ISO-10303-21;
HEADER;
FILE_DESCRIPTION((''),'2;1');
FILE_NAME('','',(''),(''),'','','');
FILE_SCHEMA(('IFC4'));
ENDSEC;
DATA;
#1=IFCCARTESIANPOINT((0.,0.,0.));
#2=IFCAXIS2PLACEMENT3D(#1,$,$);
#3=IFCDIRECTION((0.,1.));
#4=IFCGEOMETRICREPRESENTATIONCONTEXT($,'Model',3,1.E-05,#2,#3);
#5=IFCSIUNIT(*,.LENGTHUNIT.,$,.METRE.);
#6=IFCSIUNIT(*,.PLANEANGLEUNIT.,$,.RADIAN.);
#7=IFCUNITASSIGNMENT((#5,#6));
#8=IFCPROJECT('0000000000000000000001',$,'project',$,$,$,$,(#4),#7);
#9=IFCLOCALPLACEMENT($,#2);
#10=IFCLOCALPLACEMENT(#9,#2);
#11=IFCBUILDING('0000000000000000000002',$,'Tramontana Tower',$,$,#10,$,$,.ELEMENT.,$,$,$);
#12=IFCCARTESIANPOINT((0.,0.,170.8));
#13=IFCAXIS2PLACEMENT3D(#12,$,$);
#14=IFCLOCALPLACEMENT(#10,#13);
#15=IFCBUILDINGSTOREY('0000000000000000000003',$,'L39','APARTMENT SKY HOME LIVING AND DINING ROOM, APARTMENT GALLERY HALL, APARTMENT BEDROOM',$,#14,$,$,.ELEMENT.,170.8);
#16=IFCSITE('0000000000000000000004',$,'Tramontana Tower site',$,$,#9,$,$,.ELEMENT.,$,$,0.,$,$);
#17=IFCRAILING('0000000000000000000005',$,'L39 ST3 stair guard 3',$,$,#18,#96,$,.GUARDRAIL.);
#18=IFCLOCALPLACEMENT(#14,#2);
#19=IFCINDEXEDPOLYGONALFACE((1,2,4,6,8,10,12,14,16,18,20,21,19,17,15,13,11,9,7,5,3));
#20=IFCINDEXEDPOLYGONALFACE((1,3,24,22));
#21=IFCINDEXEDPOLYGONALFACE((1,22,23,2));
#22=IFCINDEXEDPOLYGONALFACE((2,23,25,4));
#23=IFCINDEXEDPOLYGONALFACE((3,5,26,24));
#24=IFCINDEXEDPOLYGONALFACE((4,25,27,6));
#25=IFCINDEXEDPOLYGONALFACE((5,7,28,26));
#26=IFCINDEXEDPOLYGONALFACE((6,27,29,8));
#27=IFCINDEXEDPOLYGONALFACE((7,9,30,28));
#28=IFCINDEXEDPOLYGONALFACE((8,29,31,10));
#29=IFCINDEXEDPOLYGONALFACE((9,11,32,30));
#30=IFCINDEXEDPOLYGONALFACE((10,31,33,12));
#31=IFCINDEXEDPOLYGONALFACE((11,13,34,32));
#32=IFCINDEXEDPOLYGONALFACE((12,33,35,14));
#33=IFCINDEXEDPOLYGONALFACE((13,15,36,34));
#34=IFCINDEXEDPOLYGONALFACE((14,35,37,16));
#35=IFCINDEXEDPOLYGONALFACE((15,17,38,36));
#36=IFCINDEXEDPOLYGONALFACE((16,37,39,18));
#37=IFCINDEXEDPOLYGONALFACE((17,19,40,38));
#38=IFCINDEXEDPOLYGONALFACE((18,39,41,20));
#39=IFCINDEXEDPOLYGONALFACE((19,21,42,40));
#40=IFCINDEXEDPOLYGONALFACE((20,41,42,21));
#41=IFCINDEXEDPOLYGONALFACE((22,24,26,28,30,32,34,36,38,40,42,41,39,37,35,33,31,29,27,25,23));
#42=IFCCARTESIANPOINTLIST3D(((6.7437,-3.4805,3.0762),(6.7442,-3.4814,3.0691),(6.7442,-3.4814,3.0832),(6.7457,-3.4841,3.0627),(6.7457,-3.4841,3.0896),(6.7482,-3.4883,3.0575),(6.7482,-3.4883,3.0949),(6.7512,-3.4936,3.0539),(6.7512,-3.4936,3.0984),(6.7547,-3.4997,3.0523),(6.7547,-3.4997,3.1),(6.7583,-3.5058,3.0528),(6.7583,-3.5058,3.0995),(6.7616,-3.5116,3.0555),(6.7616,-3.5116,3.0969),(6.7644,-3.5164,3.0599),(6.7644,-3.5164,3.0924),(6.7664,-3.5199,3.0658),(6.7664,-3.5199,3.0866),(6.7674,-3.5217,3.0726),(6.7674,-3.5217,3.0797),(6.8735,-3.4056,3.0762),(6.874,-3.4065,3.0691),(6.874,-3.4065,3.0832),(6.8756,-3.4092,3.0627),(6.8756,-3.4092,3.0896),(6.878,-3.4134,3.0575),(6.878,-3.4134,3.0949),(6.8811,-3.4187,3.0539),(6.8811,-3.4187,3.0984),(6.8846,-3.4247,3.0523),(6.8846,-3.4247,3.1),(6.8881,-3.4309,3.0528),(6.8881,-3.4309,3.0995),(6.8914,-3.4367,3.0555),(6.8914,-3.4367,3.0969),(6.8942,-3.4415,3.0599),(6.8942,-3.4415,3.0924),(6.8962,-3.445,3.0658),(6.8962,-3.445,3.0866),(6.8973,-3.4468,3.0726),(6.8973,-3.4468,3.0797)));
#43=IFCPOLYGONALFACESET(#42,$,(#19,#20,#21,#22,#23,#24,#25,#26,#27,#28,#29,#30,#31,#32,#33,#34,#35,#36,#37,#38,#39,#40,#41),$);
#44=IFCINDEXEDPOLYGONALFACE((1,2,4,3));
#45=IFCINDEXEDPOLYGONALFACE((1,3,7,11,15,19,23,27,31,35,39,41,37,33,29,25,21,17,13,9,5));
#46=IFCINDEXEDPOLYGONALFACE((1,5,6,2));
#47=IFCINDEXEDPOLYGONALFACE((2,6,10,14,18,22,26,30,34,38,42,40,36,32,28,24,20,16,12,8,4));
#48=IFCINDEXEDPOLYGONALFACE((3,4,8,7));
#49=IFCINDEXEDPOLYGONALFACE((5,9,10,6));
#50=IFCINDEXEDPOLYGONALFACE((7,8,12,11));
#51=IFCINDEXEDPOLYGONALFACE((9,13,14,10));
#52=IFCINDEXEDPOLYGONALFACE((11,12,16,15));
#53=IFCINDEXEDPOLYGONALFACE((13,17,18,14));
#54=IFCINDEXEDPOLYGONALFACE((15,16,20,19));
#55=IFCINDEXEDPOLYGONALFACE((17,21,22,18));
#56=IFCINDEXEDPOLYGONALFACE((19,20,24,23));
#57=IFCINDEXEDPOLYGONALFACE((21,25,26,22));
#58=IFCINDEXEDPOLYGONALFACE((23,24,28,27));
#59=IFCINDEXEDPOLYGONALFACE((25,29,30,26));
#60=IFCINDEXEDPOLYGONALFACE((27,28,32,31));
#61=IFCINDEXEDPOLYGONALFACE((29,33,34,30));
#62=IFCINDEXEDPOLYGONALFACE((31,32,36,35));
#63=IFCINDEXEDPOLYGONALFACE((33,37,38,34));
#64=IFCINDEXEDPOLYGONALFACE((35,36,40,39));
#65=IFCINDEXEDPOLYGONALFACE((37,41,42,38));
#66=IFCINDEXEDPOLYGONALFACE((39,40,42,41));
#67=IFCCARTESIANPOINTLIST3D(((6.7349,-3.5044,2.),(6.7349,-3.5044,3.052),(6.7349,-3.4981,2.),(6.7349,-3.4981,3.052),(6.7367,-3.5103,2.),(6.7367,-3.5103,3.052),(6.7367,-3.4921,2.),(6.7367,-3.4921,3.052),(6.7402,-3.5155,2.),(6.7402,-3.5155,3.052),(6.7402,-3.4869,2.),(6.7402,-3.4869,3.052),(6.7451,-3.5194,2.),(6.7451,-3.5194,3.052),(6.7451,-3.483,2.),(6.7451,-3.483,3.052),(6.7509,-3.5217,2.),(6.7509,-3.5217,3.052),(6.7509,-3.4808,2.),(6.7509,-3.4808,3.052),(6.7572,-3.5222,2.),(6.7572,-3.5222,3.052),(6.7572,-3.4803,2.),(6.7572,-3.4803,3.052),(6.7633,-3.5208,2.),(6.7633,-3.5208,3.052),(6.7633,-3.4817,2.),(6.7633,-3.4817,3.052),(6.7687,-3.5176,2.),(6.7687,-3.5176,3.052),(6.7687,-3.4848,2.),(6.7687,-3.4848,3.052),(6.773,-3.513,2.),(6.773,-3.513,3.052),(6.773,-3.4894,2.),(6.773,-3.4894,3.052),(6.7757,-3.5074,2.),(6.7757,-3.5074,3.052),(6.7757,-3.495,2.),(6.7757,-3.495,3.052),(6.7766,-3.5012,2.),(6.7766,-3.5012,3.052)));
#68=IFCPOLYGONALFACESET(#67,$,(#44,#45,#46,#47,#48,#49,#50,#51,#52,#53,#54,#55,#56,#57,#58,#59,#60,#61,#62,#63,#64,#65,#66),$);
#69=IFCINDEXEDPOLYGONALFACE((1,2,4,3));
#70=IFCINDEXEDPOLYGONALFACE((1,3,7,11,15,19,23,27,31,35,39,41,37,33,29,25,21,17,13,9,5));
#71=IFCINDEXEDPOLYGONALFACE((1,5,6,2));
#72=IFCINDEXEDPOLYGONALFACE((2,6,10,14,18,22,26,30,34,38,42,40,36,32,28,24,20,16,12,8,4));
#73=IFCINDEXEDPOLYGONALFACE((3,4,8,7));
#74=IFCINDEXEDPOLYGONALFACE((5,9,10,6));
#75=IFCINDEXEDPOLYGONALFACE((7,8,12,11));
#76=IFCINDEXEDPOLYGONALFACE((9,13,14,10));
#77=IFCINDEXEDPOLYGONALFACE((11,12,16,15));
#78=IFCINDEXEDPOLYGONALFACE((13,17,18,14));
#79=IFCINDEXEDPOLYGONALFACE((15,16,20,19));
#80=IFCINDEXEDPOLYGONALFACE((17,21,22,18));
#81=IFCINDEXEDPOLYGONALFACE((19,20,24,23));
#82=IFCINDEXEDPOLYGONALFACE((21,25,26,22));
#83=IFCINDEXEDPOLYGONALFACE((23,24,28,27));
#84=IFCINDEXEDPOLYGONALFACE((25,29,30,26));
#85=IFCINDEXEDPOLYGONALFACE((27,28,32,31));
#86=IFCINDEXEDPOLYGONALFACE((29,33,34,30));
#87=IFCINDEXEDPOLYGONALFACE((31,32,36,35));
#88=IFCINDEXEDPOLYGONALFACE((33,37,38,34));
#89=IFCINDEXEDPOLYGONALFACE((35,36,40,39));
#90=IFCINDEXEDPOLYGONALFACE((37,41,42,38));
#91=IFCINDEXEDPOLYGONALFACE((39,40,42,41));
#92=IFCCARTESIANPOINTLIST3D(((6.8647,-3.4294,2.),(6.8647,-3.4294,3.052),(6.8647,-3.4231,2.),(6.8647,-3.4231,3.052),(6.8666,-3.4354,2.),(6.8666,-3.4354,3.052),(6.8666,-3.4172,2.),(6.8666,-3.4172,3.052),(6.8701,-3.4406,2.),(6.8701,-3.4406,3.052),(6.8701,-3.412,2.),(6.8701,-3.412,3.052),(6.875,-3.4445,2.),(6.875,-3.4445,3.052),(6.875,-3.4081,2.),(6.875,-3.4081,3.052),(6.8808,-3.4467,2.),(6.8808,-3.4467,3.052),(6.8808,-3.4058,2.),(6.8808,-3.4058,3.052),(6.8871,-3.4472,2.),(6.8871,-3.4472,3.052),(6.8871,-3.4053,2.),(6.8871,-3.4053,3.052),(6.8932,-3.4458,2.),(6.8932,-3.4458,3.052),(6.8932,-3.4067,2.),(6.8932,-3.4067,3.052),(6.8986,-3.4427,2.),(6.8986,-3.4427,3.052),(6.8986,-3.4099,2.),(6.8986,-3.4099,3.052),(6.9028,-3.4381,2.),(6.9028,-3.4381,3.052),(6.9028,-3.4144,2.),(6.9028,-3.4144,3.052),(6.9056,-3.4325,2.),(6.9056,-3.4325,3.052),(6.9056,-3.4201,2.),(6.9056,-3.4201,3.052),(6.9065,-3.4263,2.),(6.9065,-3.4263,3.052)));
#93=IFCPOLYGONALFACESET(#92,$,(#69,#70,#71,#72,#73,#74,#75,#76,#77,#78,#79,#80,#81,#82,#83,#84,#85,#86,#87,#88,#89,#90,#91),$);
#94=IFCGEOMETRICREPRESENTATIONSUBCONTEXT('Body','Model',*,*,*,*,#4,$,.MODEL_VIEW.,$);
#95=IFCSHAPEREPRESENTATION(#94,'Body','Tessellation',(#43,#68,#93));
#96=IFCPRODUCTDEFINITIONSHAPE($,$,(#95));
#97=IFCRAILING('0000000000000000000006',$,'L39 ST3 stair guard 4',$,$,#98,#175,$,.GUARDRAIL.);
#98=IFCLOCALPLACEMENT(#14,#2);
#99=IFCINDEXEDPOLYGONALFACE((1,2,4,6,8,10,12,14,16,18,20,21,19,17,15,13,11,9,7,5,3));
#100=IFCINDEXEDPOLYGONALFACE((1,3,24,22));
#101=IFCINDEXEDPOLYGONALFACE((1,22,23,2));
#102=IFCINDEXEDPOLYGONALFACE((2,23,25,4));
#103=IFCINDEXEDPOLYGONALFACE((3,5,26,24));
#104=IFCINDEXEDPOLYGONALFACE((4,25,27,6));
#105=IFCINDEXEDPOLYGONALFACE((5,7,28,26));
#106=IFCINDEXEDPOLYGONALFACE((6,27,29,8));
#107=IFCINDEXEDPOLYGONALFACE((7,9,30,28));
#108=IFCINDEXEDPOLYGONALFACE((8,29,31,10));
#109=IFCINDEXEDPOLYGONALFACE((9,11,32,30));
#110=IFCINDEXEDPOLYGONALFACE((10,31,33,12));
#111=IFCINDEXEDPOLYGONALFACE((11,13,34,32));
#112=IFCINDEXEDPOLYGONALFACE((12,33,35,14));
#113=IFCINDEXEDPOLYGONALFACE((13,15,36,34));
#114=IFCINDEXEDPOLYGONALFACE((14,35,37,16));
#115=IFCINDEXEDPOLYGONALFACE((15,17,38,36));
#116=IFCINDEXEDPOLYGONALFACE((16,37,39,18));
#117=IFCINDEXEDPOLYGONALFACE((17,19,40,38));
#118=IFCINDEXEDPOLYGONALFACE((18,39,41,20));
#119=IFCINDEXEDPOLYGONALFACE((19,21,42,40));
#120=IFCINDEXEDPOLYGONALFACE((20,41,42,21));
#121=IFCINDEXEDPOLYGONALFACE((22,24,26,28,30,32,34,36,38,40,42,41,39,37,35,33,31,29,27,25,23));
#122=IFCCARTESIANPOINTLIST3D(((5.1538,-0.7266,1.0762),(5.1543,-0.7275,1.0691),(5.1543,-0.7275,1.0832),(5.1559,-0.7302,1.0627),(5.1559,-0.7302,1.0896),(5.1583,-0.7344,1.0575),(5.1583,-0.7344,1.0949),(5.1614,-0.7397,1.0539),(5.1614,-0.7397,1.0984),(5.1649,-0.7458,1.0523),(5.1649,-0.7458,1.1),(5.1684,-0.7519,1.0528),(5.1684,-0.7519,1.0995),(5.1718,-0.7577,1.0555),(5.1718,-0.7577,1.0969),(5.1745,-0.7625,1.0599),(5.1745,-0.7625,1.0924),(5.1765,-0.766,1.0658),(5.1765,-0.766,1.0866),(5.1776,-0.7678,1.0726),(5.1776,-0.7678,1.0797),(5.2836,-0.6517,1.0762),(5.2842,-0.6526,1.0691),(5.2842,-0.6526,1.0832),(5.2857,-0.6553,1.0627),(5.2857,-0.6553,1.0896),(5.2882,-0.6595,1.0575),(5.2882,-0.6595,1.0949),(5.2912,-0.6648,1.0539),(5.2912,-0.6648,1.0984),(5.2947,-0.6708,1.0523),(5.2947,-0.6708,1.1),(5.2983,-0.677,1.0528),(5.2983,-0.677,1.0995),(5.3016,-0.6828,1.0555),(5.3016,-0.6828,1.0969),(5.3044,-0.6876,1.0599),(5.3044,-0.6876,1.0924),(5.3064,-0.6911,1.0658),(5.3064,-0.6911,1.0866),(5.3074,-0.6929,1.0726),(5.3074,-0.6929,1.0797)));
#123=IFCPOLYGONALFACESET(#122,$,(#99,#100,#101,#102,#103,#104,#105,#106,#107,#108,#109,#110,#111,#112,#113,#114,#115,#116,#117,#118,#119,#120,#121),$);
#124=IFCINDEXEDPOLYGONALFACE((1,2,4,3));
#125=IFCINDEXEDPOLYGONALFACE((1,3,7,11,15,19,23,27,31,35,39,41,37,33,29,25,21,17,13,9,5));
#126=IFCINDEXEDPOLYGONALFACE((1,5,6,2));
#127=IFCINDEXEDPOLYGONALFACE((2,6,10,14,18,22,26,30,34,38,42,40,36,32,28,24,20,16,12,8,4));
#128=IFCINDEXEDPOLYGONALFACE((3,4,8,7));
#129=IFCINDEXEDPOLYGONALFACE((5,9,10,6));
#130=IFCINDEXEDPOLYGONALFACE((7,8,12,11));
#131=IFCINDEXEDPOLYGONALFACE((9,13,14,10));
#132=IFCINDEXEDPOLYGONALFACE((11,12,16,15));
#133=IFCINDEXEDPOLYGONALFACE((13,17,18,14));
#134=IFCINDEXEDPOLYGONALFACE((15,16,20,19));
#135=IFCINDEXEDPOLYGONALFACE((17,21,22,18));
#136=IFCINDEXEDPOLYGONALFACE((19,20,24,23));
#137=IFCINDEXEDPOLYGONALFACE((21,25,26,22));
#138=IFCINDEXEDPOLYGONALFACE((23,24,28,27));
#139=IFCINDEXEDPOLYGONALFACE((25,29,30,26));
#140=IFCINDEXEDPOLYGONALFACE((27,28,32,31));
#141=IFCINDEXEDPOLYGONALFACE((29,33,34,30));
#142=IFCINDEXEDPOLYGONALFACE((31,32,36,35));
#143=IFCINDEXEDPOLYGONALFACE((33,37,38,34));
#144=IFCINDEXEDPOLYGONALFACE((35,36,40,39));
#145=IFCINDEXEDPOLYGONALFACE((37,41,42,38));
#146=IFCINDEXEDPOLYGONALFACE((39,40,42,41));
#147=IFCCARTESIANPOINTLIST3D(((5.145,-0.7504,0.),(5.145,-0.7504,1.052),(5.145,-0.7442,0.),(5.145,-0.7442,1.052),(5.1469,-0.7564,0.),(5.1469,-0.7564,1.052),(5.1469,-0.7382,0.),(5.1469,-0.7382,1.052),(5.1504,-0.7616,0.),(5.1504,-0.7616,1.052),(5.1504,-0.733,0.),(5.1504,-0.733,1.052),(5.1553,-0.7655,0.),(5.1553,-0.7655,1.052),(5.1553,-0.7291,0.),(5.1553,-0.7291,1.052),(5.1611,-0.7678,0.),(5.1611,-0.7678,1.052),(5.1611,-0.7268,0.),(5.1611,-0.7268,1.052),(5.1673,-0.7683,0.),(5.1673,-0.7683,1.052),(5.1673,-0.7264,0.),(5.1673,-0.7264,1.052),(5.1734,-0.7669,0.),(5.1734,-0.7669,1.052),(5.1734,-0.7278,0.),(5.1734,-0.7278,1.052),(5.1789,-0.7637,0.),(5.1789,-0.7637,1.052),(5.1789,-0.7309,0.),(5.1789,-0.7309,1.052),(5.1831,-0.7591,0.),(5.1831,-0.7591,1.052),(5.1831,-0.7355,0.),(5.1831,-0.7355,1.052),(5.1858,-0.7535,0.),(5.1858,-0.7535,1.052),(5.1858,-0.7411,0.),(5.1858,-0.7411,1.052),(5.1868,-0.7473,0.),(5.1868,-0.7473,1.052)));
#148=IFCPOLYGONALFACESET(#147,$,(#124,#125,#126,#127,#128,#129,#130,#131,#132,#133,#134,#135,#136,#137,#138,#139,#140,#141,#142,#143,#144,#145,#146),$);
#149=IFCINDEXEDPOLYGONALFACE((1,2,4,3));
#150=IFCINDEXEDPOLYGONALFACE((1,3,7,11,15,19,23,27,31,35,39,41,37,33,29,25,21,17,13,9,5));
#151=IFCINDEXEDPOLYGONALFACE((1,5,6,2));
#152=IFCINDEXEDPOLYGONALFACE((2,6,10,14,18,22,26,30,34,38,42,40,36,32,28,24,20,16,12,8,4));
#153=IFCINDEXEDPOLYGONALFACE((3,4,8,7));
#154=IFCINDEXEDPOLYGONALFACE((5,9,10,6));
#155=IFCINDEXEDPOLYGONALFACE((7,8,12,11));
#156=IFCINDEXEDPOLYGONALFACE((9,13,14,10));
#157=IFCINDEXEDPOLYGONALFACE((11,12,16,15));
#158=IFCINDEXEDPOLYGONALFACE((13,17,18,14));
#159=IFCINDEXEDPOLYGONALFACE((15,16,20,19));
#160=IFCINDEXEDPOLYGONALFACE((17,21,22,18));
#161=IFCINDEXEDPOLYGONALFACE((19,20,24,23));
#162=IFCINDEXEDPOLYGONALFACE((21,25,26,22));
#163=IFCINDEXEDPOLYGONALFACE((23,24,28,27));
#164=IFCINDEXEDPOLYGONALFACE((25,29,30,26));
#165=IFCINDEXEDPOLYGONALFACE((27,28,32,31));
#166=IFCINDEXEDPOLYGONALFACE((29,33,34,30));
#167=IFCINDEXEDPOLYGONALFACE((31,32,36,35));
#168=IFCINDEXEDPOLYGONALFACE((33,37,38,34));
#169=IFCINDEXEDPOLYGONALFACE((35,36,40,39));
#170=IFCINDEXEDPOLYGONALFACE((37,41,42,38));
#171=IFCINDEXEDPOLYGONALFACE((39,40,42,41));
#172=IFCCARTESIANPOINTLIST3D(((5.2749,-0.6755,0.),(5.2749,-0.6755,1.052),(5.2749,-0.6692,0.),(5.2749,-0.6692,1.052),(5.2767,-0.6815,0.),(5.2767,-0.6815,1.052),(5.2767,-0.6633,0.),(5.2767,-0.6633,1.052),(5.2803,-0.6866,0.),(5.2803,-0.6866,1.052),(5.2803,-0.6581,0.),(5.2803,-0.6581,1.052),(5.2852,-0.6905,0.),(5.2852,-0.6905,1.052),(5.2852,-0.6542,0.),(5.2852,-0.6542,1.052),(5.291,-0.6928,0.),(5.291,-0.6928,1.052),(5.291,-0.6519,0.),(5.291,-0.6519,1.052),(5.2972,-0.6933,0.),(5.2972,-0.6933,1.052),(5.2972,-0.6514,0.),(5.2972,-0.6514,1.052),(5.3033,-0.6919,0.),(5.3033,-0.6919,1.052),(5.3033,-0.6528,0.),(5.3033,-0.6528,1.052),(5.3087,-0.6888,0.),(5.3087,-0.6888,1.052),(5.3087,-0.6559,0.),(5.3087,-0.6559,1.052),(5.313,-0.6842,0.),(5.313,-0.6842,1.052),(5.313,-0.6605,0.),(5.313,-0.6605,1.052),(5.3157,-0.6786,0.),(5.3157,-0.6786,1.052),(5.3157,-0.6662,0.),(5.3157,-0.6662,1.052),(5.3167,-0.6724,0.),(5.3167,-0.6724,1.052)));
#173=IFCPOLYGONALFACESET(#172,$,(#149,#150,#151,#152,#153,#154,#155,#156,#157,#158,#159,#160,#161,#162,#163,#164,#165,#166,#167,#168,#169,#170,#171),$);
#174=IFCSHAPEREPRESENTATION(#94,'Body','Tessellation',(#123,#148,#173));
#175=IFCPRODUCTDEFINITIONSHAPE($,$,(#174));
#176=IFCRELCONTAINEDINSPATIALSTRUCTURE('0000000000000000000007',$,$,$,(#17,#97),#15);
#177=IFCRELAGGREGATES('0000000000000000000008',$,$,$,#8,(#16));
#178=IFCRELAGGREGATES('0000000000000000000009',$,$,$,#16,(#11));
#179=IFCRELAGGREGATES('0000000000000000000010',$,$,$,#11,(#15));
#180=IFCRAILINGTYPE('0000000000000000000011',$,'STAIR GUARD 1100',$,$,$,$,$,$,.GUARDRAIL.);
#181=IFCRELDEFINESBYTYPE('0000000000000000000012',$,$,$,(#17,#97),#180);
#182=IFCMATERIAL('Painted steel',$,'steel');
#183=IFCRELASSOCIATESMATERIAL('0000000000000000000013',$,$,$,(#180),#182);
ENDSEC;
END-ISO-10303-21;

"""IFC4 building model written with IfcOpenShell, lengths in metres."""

from ifc_helpers import new_model, si_unit, direction, frame, origin, origin_2d, place, context, subcontext, project, spatial, circle, extrude, material, type_object, element, save


model = new_model("IFC4")

# Units and contexts
model_context = context("Model", 3, precision=1e-05, world=origin(), true_north=direction((0.0, 1.0)))
body_context = subcontext(model_context, "Body", "Model", "MODEL_VIEW")
ifc_project = project(units=[si_unit("LENGTHUNIT", "METRE"), si_unit("PLANEANGLEUNIT", "RADIAN")], contexts=[model_context])

# Site, building, storey
site_placement = place(None, origin())
site = spatial("IfcSite", under=ifc_project, at=site_placement, Name="Tramontana Tower site", CompositionType="ELEMENT", RefElevation=0.0)
building_placement = place(site_placement, origin())
building = spatial("IfcBuilding", under=site, at=building_placement, Name="Tramontana Tower", CompositionType="ELEMENT")
storey_placement = place(building_placement, frame((0.0, 0.0, 170.8)))
storey = spatial("IfcBuildingStorey", under=building, at=storey_placement, Name="L39", Description="APARTMENT SKY HOME LIVING AND DINING ROOM, APARTMENT GALLERY HALL, APARTMENT BEDROOM", CompositionType="ELEMENT", Elevation=170.8)

# Railings
ifc_material_1 = material(Name="Painted steel", Category="steel")
railing_type_1 = type_object("IfcRailingType", Name="STAIR GUARD 1100", PredefinedType="GUARDRAIL", material=ifc_material_1)
for number, where, name in (
    (1, (6.7556, -3.5012, 2.0), "L39 ST3 stair guard 3"),
    (2, (5.1658, -0.7473, 0.0), "L39 ST3 stair guard 4"),
):
    element("IfcRailing", number, at=place(storey_placement, frame(where)), inside=storey, type_object=railing_type_1, Name=name, PredefinedType="GUARDRAIL", context=body_context, shape_type="SweptSolid", body=[
        extrude(circle(Radius=0.0239, at=origin_2d()), frame((0.0, 0.0, 1.0762), z_axis=(0.866131, 0.499816, 0.0), x_axis=(-0.499816, 0.866131, 0.0)), (0.0, 0.0, 1.0), 0.1499),
        extrude(circle(Radius=0.021, at=origin_2d()), origin(), (0.0, 0.0, 1.0), 1.052),
        extrude(circle(Radius=0.021, at=origin_2d()), frame((0.1299, 0.075, 0.0)), (0.0, 0.0, 1.0), 1.052),
    ])

save(model, "model.ifc")
